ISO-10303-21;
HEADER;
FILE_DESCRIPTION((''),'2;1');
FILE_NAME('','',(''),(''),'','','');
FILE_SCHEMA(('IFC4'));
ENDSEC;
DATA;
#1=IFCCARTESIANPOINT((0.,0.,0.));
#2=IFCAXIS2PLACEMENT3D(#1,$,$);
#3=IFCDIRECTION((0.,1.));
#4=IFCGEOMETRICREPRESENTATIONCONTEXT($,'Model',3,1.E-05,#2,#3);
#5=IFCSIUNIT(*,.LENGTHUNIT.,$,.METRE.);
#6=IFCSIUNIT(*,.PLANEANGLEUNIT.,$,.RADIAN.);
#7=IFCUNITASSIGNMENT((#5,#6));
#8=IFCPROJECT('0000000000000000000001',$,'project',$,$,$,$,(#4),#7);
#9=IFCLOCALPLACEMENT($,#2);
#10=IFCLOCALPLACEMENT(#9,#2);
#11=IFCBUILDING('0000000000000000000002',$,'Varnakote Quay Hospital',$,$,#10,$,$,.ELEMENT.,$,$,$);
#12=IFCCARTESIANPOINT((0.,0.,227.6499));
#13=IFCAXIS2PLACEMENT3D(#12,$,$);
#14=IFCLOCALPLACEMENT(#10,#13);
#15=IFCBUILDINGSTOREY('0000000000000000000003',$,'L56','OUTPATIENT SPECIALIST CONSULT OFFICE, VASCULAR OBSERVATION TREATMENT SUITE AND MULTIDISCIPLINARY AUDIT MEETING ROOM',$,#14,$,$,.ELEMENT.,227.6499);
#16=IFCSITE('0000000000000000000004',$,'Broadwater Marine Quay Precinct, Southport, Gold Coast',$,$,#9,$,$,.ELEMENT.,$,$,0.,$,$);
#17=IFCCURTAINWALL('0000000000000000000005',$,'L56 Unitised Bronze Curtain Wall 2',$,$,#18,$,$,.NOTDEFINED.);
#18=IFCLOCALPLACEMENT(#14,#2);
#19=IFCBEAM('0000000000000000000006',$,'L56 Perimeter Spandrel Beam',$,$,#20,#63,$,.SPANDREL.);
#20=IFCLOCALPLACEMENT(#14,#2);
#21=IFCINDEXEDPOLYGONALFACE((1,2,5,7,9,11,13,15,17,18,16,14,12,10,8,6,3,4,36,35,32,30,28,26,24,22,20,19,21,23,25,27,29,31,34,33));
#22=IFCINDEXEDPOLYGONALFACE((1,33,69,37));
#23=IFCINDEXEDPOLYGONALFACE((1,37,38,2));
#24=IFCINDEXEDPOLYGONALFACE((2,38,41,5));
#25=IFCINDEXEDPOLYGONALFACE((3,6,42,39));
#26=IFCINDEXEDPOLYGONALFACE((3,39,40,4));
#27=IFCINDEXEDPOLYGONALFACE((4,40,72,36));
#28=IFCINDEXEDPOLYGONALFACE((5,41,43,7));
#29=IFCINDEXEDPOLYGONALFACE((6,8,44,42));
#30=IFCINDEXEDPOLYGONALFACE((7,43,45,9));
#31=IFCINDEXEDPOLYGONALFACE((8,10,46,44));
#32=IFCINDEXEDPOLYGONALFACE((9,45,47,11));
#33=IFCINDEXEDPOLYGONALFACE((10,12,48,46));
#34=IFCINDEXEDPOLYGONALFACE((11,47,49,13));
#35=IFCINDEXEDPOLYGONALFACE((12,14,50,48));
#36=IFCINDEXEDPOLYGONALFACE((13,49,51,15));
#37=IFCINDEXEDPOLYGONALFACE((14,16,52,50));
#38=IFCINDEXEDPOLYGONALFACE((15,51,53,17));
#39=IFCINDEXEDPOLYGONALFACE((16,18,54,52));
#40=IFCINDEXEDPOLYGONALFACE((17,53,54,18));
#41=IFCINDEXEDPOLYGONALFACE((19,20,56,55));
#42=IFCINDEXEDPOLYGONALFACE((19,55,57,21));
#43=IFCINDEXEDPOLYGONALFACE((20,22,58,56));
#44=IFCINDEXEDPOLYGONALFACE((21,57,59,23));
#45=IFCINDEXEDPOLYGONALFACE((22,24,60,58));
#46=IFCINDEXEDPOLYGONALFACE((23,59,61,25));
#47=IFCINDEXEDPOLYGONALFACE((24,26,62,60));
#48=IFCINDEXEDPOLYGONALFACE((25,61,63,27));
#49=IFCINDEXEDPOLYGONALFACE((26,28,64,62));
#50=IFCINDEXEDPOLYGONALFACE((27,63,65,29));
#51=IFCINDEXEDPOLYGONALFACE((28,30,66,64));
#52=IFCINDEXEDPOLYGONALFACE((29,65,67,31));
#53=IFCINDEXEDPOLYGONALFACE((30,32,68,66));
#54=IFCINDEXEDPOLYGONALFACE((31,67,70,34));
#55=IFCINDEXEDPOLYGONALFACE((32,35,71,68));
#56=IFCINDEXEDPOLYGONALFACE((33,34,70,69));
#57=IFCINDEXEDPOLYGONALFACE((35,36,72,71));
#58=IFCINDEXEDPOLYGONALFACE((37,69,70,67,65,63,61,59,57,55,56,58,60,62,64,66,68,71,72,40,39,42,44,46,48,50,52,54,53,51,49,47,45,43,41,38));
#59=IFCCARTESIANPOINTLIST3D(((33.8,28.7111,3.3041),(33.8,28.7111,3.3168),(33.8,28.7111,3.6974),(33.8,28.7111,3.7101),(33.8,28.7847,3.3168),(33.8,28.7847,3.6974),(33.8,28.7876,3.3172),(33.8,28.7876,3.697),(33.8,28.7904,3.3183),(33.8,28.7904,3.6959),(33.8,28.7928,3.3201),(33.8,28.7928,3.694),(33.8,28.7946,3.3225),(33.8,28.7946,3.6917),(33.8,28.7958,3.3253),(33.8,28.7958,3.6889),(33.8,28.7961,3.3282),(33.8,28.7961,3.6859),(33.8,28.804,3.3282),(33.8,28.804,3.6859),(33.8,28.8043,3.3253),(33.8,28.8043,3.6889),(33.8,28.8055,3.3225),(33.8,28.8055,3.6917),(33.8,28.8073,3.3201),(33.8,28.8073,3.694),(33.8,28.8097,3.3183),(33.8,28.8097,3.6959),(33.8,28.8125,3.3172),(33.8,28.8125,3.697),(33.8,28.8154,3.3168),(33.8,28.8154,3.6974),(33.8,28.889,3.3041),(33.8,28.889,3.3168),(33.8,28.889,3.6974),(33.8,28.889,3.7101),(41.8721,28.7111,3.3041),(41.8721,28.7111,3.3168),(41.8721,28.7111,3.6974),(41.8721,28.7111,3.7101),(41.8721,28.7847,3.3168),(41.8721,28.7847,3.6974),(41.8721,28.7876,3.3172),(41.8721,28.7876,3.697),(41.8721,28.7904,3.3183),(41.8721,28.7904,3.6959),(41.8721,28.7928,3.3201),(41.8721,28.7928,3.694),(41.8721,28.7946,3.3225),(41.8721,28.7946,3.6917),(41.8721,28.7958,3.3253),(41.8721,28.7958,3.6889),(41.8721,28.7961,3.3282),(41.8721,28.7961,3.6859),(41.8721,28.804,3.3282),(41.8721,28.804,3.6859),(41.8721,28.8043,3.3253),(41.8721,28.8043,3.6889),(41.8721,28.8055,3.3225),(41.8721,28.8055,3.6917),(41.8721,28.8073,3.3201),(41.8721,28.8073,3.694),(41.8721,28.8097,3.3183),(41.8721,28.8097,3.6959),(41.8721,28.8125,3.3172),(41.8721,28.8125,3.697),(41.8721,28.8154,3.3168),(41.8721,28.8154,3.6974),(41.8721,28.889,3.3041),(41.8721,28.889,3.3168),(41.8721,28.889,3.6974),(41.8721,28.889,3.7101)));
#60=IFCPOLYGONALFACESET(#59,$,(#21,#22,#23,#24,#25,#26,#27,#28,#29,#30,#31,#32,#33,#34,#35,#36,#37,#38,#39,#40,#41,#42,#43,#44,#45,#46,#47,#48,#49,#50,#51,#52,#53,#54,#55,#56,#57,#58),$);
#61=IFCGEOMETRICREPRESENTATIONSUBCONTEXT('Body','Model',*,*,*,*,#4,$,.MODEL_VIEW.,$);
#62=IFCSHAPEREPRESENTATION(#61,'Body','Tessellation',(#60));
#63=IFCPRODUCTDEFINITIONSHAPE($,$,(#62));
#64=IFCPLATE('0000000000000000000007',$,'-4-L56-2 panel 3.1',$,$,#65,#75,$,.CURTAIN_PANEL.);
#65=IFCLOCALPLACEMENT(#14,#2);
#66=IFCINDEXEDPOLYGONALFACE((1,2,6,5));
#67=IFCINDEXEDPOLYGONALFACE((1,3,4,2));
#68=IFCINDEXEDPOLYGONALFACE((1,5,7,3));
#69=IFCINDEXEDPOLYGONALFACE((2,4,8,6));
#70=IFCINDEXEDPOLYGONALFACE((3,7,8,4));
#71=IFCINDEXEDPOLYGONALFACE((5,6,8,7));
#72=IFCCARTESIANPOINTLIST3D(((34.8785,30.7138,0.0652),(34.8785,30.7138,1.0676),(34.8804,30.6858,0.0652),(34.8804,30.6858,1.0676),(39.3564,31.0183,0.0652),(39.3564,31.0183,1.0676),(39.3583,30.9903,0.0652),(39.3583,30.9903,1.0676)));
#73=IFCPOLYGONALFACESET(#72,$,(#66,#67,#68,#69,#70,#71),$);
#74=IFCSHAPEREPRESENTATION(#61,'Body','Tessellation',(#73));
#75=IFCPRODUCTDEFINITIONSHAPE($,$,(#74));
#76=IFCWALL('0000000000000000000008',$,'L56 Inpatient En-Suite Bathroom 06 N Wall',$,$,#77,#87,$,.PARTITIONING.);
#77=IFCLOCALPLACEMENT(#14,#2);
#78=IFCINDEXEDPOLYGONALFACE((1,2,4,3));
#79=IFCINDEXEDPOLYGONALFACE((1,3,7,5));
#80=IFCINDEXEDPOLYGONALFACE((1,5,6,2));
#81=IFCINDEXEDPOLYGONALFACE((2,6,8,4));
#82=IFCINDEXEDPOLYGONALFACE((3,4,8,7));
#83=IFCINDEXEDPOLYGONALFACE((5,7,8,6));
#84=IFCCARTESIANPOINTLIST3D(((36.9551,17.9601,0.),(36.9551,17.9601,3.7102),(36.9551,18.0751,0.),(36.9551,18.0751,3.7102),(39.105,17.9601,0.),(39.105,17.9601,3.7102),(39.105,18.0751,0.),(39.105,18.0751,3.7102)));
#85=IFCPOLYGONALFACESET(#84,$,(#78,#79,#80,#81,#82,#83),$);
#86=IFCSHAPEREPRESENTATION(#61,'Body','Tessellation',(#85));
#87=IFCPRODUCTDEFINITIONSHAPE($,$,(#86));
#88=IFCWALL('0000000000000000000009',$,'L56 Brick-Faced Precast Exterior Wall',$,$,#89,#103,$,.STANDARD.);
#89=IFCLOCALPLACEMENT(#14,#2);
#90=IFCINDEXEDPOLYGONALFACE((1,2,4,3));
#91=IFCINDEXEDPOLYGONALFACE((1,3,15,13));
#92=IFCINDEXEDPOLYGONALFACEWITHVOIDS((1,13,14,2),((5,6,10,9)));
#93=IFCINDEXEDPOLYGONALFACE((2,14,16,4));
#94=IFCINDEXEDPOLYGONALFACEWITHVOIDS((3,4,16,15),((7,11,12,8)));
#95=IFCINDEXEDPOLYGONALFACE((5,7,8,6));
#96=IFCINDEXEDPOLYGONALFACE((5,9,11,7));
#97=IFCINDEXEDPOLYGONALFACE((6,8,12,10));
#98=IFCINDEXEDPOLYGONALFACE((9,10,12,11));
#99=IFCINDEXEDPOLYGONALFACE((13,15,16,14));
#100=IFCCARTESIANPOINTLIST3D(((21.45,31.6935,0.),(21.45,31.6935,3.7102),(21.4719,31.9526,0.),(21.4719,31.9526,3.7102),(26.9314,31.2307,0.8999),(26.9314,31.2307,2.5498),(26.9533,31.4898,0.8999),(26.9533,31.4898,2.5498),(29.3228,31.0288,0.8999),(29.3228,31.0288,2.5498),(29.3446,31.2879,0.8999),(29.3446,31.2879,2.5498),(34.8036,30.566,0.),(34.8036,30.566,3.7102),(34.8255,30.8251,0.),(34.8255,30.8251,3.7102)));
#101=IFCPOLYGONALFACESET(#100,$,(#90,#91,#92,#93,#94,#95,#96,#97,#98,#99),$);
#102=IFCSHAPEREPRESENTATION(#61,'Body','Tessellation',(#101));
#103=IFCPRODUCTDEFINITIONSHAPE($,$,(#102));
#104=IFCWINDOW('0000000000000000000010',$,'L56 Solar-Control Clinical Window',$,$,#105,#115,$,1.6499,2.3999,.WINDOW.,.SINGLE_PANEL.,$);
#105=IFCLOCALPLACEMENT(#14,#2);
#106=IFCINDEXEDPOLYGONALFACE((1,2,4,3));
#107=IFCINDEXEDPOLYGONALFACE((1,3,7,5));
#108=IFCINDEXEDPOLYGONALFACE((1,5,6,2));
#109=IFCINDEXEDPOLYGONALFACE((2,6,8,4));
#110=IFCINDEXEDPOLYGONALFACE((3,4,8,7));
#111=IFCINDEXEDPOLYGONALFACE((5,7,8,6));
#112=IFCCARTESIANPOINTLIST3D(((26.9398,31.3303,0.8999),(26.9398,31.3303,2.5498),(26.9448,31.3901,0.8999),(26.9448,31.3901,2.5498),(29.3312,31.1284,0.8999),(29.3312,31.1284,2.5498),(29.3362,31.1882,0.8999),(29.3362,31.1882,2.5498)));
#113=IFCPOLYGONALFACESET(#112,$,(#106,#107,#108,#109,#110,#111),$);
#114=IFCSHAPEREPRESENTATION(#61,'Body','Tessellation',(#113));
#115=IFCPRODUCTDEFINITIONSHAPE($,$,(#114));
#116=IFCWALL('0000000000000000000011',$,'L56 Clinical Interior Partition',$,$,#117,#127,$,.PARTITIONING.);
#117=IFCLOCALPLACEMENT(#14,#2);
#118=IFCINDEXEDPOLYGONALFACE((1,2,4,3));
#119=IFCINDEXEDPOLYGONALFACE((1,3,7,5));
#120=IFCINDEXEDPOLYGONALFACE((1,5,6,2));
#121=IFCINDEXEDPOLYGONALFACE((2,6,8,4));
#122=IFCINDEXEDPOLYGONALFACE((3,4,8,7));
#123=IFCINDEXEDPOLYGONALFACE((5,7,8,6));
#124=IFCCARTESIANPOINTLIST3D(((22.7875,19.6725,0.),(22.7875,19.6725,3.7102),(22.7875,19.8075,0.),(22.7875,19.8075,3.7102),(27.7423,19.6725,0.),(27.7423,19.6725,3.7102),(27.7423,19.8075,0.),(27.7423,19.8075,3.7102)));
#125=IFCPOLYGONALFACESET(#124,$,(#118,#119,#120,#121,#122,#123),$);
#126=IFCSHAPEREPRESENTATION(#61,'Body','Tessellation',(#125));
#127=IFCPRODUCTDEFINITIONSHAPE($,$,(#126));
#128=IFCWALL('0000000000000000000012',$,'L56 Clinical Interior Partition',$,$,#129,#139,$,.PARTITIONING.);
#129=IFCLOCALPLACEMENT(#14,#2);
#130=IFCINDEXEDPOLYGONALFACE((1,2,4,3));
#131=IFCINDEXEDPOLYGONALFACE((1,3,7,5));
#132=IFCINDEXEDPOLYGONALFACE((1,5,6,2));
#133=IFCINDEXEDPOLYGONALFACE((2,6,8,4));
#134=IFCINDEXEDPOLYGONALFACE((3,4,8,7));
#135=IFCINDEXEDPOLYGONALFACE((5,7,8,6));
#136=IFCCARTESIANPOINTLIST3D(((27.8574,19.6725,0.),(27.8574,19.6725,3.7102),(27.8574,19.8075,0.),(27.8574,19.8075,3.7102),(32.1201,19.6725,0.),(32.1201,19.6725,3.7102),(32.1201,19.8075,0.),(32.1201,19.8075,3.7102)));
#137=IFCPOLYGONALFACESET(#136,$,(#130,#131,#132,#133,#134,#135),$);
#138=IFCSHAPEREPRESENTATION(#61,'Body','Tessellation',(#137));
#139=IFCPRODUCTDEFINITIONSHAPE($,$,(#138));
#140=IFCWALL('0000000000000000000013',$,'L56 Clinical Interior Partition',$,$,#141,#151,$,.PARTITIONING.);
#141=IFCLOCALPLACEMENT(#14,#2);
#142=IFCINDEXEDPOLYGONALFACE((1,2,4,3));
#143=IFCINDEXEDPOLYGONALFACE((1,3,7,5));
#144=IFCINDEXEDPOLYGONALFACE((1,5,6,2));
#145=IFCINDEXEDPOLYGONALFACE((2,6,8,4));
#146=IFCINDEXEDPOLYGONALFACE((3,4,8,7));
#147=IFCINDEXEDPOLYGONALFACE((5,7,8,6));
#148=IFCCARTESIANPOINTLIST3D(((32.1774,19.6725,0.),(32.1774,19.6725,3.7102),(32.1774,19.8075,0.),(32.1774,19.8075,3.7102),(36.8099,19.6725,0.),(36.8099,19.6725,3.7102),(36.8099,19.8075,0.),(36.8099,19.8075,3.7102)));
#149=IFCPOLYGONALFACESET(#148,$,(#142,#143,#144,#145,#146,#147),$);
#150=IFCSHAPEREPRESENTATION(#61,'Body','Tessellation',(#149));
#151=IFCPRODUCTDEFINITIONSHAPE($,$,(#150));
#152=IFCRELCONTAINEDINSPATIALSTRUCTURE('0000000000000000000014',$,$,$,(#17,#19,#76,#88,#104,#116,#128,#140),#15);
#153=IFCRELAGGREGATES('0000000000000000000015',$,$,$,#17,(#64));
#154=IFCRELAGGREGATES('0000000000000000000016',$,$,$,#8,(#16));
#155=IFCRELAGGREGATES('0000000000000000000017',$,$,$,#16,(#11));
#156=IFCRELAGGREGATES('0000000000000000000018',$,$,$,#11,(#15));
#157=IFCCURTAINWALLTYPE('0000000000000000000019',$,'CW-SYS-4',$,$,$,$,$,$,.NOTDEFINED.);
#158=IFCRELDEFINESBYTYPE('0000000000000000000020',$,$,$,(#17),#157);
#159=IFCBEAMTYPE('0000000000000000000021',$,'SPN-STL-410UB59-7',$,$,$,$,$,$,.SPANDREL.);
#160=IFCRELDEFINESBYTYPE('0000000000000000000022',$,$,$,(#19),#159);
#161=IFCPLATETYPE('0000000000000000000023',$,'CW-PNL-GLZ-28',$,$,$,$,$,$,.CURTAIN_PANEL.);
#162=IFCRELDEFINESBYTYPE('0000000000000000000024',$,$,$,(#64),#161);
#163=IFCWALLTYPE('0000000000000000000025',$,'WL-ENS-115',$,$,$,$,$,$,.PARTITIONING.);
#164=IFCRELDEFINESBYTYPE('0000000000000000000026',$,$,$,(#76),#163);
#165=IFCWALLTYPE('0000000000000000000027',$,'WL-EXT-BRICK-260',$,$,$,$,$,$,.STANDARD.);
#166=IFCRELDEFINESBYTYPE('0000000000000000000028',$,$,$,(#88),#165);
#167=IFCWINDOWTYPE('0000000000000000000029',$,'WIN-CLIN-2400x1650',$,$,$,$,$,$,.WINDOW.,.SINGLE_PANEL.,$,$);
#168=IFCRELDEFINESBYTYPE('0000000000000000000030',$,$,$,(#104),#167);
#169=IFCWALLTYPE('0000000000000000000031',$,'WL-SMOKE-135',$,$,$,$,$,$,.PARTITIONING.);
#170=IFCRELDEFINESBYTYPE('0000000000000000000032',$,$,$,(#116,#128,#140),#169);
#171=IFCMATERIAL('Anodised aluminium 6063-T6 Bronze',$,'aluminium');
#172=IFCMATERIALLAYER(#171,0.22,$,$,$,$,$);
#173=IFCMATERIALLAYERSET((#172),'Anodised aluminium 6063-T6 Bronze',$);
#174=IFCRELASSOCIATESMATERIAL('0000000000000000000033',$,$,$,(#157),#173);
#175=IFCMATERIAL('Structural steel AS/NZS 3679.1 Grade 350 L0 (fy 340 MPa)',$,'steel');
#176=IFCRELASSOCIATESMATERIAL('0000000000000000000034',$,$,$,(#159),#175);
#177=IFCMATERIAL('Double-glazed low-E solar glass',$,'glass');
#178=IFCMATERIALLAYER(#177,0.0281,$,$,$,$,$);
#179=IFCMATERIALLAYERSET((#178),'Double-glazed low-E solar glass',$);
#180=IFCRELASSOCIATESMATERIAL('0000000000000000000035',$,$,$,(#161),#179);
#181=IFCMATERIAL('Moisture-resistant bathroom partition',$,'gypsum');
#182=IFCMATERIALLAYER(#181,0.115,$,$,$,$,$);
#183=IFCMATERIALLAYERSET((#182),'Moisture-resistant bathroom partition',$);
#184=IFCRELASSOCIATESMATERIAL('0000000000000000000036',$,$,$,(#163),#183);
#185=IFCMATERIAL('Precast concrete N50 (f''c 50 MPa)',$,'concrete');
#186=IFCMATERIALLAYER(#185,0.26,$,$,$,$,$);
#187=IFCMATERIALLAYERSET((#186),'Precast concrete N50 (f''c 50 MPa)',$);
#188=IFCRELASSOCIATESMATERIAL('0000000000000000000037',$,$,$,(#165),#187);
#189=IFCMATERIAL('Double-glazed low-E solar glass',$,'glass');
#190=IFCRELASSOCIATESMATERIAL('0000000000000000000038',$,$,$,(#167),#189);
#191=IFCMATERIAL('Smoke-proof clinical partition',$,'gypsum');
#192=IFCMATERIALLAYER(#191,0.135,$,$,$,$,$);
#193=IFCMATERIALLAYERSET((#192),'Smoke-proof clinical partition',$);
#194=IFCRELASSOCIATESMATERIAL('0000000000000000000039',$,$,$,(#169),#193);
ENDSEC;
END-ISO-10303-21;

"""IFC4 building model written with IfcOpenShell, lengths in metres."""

from ifc_helpers import new_model, si_unit, direction, frame, frame_2d, origin, origin_2d, place, context, subcontext, project, spatial, rectangle, i_section, extrude, material, layer, layer_set, material_profile, profile_set, type_object, element, fill, aggregate, save


model = new_model("IFC4")

# Units and contexts
model_context = context("Model", 3, precision=1e-05, world=origin(), true_north=direction((0.0, 1.0)))
body_context = subcontext(model_context, "Body", "Model", "MODEL_VIEW")
ifc_project = project(units=[si_unit("LENGTHUNIT", "METRE"), si_unit("PLANEANGLEUNIT", "RADIAN")], contexts=[model_context])

# Site, building, storey
site_placement = place(None, origin())
site = spatial("IfcSite", under=ifc_project, at=site_placement, Name="Broadwater Marine Quay Precinct, Southport, Gold Coast", CompositionType="ELEMENT", RefElevation=0.0)
building_placement = place(site_placement, origin())
building = spatial("IfcBuilding", under=site, at=building_placement, Name="Varnakote Quay Hospital", CompositionType="ELEMENT")
storey_placement = place(building_placement, frame((0.0, 0.0, 227.6499)))
storey = spatial("IfcBuildingStorey", under=building, at=storey_placement, Name="L56", Description="OUTPATIENT SPECIALIST CONSULT OFFICE, VASCULAR OBSERVATION TREATMENT SUITE AND MULTIDISCIPLINARY AUDIT MEETING ROOM", CompositionType="ELEMENT", Elevation=227.6499)

# Curtain wall
ifc_material_1 = material(Name="Anodised aluminium 6063-T6 Bronze", Category="aluminium")
ifc_layer_1 = layer(ifc_material_1, 0.22)
ifc_layer_set_1 = layer_set([ifc_layer_1], Name="Anodised aluminium 6063-T6 Bronze")
curtain_wall_type = type_object("IfcCurtainWallType", Name="CW-SYS-4", PredefinedType="NOTDEFINED", material=ifc_layer_set_1)
curtain_wall_placement = place(storey_placement, origin())
curtain_wall = element("IfcCurtainWall", 1, at=curtain_wall_placement, inside=storey, type_object=curtain_wall_type, Name="L56 Unitised Bronze Curtain Wall 2", PredefinedType="NOTDEFINED")

# Beam
ifc_material_2 = material(Name="Structural steel AS/NZS 3679.1 Grade 350 L0 (fy 340 MPa)", Category="steel")
ifc_material_profile_1 = material_profile(ifc_material_2, i_section(OverallWidth=0.178, OverallDepth=0.406, WebThickness=0.0078, FlangeThickness=0.0127, FilletRadius=0.0115, at=origin_2d()), Name="410UB59.7")
ifc_profile_set_1 = profile_set([ifc_material_profile_1], Name="Structural steel AS/NZS 3679.1 Grade 350 L0 (fy 340 MPa)")
beam_type_1 = type_object("IfcBeamType", Name="SPN-STL-410UB59-7", PredefinedType="SPANDREL", material=ifc_profile_set_1)
for number, where, z_axis, x_axis, name in (
    (2, (33.8, 28.8, 3.5071), (1.0, 0.0, 0.0), (0.0, 1.0, 0.0), "L56 Perimeter Spandrel Beam"),
):
    element("IfcBeam", number, at=place(storey_placement, frame(where, z_axis=z_axis, x_axis=x_axis)), inside=storey, type_object=beam_type_1, Name=name, PredefinedType="SPANDREL", context=body_context, shape_type="SweptSolid", body=[
        extrude(i_section(OverallWidth=0.178, OverallDepth=0.406, WebThickness=0.0078, FlangeThickness=0.0127, FilletRadius=0.0115, at=origin_2d()), origin(), (0.0, 0.0, 1.0), 8.072),
    ])

# Plate
ifc_material_3 = material(Name="Double-glazed low-E solar glass", Category="glass")
ifc_layer_2 = layer(ifc_material_3, 0.0281)
ifc_layer_set_2 = layer_set([ifc_layer_2], Name="Double-glazed low-E solar glass")
plate_type = type_object("IfcPlateType", Name="CW-PNL-GLZ-28", PredefinedType="CURTAIN_PANEL", material=ifc_layer_set_2)
plate_placement = place(storey_placement, frame((37.1184, 30.8521, 0.0652), z_axis=(0.0, 0.0, 1.0), x_axis=(-0.997696, -0.067842, 0.0)))
plate = element("IfcPlate", 3, at=plate_placement, type_object=plate_type, Name="-4-L56-2 panel 3.1", PredefinedType="CURTAIN_PANEL", context=body_context, shape_type="SweptSolid", body=[
    extrude(rectangle(XDim=4.4883, YDim=0.0281, at=origin_2d()), origin(), (0.0, 0.0, 1.0), 1.0024),
])
aggregate(curtain_wall, [plate])

# Wall
ifc_material_4 = material(Name="Moisture-resistant bathroom partition", Category="gypsum")
ifc_layer_3 = layer(ifc_material_4, 0.115)
ifc_layer_set_3 = layer_set([ifc_layer_3], Name="Moisture-resistant bathroom partition")
wall_type_1 = type_object("IfcWallType", Name="WL-ENS-115", PredefinedType="PARTITIONING", material=ifc_layer_set_3)
wall_1_placement = place(storey_placement, frame((36.9551, 18.0176, 0.0), z_axis=(0.0, 0.0, 1.0), x_axis=(1.0, 0.0, 0.0)))
element("IfcWall", 4, at=wall_1_placement, inside=storey, type_object=wall_type_1, Name="L56 Inpatient En-Suite Bathroom 06 N Wall", PredefinedType="PARTITIONING", context=body_context, shape_type="SweptSolid", body=[
    extrude(rectangle(XDim=2.1499, YDim=0.115, at=frame_2d((1.075, 0.0))), origin(), (0.0, 0.0, 1.0), 3.7102),
])

# Wall, opening, window
ifc_material_5 = material(Name="Precast concrete N50 (f'c 50 MPa)", Category="concrete")
ifc_layer_4 = layer(ifc_material_5, 0.26)
ifc_layer_set_4 = layer_set([ifc_layer_4], Name="Precast concrete N50 (f'c 50 MPa)")
wall_type_2 = type_object("IfcWallType", Name="WL-EXT-BRICK-260", PredefinedType="STANDARD", material=ifc_layer_set_4)
wall_2_placement = place(storey_placement, frame((34.8147, 30.6956, 0.0), z_axis=(0.0, 0.0, 1.0), x_axis=(-0.996455, 0.084131, 0.0)))
wall_2 = element("IfcWall", 5, at=wall_2_placement, inside=storey, type_object=wall_type_2, Name="L56 Brick-Faced Precast Exterior Wall", PredefinedType="STANDARD", context=body_context, shape_type="SweptSolid", body=[
    extrude(rectangle(XDim=13.4011, YDim=0.26, at=frame_2d((6.7007, 0.0))), origin(), (0.0, 0.0, 1.0), 3.7102),
])
opening_1_placement = place(wall_2_placement, frame((5.5005, 0.0, 0.8999)))
opening_1 = element("IfcOpeningElement", 6, at=opening_1_placement, cuts=wall_2, PredefinedType="OPENING", context=body_context, shape_type="SweptSolid", body=[
    extrude(rectangle(XDim=2.3999, YDim=1.6499, at=frame_2d((1.2, 0.825))), frame((0.0, 0.1399, 0.0), z_axis=(0.0, -1.0, 0.0), x_axis=(1.0, 0.0, 0.0)), (0.0, 0.0, 1.0), 0.28),
])
ifc_material_6 = material(Name="Double-glazed low-E solar glass", Category="glass")
window_type = type_object("IfcWindowType", Name="WIN-CLIN-2400x1650", PartitioningType="SINGLE_PANEL", PredefinedType="WINDOW", material=ifc_material_6)
window_placement = place(opening_1_placement, origin())
window = element("IfcWindow", 7, at=window_placement, inside=storey, type_object=window_type, Name="L56 Solar-Control Clinical Window", OverallHeight=1.6499, OverallWidth=2.3999, PartitioningType="SINGLE_PANEL", PredefinedType="WINDOW", context=body_context, shape_type="SweptSolid", body=[
    extrude(rectangle(XDim=2.3999, YDim=1.6499, at=frame_2d((1.2, 0.825))), frame((0.0, 0.03, 0.0), z_axis=(0.0, -1.0, 0.0), x_axis=(1.0, 0.0, 0.0)), (0.0, 0.0, 1.0), 0.0601),
])
fill(opening_1, window)

# Walls
ifc_material_7 = material(Name="Smoke-proof clinical partition", Category="gypsum")
ifc_layer_5 = layer(ifc_material_7, 0.135)
ifc_layer_set_5 = layer_set([ifc_layer_5], Name="Smoke-proof clinical partition")
wall_type_3 = type_object("IfcWallType", Name="WL-SMOKE-135", PredefinedType="PARTITIONING", material=ifc_layer_set_5)
wall_3_placement = place(storey_placement, frame((27.7424, 19.74, 0.0), z_axis=(0.0, 0.0, 1.0), x_axis=(-1.0, 0.0, 0.0)))
element("IfcWall", 8, at=wall_3_placement, inside=storey, type_object=wall_type_3, Name="L56 Clinical Interior Partition", PredefinedType="PARTITIONING", context=body_context, shape_type="SweptSolid", body=[
    extrude(rectangle(XDim=4.9548, YDim=0.135, at=frame_2d((2.4775, 0.0))), origin(), (0.0, 0.0, 1.0), 3.7102),
])
wall_4_placement = place(storey_placement, frame((32.1201, 19.74, 0.0), z_axis=(0.0, 0.0, 1.0), x_axis=(-1.0, 0.0, 0.0)))
element("IfcWall", 9, at=wall_4_placement, inside=storey, type_object=wall_type_3, Name="L56 Clinical Interior Partition", PredefinedType="PARTITIONING", context=body_context, shape_type="SweptSolid", body=[
    extrude(rectangle(XDim=4.2627, YDim=0.135, at=frame_2d((2.1313, 0.0))), origin(), (0.0, 0.0, 1.0), 3.7102),
])
wall_5_placement = place(storey_placement, frame((36.8101, 19.74, 0.0), z_axis=(0.0, 0.0, 1.0), x_axis=(-1.0, 0.0, 0.0)))
element("IfcWall", 10, at=wall_5_placement, inside=storey, type_object=wall_type_3, Name="L56 Clinical Interior Partition", PredefinedType="PARTITIONING", context=body_context, shape_type="SweptSolid", body=[
    extrude(rectangle(XDim=4.6326, YDim=0.135, at=frame_2d((2.3164, 0.0))), origin(), (0.0, 0.0, 1.0), 3.7102),
])

save(model, "model.ifc")
